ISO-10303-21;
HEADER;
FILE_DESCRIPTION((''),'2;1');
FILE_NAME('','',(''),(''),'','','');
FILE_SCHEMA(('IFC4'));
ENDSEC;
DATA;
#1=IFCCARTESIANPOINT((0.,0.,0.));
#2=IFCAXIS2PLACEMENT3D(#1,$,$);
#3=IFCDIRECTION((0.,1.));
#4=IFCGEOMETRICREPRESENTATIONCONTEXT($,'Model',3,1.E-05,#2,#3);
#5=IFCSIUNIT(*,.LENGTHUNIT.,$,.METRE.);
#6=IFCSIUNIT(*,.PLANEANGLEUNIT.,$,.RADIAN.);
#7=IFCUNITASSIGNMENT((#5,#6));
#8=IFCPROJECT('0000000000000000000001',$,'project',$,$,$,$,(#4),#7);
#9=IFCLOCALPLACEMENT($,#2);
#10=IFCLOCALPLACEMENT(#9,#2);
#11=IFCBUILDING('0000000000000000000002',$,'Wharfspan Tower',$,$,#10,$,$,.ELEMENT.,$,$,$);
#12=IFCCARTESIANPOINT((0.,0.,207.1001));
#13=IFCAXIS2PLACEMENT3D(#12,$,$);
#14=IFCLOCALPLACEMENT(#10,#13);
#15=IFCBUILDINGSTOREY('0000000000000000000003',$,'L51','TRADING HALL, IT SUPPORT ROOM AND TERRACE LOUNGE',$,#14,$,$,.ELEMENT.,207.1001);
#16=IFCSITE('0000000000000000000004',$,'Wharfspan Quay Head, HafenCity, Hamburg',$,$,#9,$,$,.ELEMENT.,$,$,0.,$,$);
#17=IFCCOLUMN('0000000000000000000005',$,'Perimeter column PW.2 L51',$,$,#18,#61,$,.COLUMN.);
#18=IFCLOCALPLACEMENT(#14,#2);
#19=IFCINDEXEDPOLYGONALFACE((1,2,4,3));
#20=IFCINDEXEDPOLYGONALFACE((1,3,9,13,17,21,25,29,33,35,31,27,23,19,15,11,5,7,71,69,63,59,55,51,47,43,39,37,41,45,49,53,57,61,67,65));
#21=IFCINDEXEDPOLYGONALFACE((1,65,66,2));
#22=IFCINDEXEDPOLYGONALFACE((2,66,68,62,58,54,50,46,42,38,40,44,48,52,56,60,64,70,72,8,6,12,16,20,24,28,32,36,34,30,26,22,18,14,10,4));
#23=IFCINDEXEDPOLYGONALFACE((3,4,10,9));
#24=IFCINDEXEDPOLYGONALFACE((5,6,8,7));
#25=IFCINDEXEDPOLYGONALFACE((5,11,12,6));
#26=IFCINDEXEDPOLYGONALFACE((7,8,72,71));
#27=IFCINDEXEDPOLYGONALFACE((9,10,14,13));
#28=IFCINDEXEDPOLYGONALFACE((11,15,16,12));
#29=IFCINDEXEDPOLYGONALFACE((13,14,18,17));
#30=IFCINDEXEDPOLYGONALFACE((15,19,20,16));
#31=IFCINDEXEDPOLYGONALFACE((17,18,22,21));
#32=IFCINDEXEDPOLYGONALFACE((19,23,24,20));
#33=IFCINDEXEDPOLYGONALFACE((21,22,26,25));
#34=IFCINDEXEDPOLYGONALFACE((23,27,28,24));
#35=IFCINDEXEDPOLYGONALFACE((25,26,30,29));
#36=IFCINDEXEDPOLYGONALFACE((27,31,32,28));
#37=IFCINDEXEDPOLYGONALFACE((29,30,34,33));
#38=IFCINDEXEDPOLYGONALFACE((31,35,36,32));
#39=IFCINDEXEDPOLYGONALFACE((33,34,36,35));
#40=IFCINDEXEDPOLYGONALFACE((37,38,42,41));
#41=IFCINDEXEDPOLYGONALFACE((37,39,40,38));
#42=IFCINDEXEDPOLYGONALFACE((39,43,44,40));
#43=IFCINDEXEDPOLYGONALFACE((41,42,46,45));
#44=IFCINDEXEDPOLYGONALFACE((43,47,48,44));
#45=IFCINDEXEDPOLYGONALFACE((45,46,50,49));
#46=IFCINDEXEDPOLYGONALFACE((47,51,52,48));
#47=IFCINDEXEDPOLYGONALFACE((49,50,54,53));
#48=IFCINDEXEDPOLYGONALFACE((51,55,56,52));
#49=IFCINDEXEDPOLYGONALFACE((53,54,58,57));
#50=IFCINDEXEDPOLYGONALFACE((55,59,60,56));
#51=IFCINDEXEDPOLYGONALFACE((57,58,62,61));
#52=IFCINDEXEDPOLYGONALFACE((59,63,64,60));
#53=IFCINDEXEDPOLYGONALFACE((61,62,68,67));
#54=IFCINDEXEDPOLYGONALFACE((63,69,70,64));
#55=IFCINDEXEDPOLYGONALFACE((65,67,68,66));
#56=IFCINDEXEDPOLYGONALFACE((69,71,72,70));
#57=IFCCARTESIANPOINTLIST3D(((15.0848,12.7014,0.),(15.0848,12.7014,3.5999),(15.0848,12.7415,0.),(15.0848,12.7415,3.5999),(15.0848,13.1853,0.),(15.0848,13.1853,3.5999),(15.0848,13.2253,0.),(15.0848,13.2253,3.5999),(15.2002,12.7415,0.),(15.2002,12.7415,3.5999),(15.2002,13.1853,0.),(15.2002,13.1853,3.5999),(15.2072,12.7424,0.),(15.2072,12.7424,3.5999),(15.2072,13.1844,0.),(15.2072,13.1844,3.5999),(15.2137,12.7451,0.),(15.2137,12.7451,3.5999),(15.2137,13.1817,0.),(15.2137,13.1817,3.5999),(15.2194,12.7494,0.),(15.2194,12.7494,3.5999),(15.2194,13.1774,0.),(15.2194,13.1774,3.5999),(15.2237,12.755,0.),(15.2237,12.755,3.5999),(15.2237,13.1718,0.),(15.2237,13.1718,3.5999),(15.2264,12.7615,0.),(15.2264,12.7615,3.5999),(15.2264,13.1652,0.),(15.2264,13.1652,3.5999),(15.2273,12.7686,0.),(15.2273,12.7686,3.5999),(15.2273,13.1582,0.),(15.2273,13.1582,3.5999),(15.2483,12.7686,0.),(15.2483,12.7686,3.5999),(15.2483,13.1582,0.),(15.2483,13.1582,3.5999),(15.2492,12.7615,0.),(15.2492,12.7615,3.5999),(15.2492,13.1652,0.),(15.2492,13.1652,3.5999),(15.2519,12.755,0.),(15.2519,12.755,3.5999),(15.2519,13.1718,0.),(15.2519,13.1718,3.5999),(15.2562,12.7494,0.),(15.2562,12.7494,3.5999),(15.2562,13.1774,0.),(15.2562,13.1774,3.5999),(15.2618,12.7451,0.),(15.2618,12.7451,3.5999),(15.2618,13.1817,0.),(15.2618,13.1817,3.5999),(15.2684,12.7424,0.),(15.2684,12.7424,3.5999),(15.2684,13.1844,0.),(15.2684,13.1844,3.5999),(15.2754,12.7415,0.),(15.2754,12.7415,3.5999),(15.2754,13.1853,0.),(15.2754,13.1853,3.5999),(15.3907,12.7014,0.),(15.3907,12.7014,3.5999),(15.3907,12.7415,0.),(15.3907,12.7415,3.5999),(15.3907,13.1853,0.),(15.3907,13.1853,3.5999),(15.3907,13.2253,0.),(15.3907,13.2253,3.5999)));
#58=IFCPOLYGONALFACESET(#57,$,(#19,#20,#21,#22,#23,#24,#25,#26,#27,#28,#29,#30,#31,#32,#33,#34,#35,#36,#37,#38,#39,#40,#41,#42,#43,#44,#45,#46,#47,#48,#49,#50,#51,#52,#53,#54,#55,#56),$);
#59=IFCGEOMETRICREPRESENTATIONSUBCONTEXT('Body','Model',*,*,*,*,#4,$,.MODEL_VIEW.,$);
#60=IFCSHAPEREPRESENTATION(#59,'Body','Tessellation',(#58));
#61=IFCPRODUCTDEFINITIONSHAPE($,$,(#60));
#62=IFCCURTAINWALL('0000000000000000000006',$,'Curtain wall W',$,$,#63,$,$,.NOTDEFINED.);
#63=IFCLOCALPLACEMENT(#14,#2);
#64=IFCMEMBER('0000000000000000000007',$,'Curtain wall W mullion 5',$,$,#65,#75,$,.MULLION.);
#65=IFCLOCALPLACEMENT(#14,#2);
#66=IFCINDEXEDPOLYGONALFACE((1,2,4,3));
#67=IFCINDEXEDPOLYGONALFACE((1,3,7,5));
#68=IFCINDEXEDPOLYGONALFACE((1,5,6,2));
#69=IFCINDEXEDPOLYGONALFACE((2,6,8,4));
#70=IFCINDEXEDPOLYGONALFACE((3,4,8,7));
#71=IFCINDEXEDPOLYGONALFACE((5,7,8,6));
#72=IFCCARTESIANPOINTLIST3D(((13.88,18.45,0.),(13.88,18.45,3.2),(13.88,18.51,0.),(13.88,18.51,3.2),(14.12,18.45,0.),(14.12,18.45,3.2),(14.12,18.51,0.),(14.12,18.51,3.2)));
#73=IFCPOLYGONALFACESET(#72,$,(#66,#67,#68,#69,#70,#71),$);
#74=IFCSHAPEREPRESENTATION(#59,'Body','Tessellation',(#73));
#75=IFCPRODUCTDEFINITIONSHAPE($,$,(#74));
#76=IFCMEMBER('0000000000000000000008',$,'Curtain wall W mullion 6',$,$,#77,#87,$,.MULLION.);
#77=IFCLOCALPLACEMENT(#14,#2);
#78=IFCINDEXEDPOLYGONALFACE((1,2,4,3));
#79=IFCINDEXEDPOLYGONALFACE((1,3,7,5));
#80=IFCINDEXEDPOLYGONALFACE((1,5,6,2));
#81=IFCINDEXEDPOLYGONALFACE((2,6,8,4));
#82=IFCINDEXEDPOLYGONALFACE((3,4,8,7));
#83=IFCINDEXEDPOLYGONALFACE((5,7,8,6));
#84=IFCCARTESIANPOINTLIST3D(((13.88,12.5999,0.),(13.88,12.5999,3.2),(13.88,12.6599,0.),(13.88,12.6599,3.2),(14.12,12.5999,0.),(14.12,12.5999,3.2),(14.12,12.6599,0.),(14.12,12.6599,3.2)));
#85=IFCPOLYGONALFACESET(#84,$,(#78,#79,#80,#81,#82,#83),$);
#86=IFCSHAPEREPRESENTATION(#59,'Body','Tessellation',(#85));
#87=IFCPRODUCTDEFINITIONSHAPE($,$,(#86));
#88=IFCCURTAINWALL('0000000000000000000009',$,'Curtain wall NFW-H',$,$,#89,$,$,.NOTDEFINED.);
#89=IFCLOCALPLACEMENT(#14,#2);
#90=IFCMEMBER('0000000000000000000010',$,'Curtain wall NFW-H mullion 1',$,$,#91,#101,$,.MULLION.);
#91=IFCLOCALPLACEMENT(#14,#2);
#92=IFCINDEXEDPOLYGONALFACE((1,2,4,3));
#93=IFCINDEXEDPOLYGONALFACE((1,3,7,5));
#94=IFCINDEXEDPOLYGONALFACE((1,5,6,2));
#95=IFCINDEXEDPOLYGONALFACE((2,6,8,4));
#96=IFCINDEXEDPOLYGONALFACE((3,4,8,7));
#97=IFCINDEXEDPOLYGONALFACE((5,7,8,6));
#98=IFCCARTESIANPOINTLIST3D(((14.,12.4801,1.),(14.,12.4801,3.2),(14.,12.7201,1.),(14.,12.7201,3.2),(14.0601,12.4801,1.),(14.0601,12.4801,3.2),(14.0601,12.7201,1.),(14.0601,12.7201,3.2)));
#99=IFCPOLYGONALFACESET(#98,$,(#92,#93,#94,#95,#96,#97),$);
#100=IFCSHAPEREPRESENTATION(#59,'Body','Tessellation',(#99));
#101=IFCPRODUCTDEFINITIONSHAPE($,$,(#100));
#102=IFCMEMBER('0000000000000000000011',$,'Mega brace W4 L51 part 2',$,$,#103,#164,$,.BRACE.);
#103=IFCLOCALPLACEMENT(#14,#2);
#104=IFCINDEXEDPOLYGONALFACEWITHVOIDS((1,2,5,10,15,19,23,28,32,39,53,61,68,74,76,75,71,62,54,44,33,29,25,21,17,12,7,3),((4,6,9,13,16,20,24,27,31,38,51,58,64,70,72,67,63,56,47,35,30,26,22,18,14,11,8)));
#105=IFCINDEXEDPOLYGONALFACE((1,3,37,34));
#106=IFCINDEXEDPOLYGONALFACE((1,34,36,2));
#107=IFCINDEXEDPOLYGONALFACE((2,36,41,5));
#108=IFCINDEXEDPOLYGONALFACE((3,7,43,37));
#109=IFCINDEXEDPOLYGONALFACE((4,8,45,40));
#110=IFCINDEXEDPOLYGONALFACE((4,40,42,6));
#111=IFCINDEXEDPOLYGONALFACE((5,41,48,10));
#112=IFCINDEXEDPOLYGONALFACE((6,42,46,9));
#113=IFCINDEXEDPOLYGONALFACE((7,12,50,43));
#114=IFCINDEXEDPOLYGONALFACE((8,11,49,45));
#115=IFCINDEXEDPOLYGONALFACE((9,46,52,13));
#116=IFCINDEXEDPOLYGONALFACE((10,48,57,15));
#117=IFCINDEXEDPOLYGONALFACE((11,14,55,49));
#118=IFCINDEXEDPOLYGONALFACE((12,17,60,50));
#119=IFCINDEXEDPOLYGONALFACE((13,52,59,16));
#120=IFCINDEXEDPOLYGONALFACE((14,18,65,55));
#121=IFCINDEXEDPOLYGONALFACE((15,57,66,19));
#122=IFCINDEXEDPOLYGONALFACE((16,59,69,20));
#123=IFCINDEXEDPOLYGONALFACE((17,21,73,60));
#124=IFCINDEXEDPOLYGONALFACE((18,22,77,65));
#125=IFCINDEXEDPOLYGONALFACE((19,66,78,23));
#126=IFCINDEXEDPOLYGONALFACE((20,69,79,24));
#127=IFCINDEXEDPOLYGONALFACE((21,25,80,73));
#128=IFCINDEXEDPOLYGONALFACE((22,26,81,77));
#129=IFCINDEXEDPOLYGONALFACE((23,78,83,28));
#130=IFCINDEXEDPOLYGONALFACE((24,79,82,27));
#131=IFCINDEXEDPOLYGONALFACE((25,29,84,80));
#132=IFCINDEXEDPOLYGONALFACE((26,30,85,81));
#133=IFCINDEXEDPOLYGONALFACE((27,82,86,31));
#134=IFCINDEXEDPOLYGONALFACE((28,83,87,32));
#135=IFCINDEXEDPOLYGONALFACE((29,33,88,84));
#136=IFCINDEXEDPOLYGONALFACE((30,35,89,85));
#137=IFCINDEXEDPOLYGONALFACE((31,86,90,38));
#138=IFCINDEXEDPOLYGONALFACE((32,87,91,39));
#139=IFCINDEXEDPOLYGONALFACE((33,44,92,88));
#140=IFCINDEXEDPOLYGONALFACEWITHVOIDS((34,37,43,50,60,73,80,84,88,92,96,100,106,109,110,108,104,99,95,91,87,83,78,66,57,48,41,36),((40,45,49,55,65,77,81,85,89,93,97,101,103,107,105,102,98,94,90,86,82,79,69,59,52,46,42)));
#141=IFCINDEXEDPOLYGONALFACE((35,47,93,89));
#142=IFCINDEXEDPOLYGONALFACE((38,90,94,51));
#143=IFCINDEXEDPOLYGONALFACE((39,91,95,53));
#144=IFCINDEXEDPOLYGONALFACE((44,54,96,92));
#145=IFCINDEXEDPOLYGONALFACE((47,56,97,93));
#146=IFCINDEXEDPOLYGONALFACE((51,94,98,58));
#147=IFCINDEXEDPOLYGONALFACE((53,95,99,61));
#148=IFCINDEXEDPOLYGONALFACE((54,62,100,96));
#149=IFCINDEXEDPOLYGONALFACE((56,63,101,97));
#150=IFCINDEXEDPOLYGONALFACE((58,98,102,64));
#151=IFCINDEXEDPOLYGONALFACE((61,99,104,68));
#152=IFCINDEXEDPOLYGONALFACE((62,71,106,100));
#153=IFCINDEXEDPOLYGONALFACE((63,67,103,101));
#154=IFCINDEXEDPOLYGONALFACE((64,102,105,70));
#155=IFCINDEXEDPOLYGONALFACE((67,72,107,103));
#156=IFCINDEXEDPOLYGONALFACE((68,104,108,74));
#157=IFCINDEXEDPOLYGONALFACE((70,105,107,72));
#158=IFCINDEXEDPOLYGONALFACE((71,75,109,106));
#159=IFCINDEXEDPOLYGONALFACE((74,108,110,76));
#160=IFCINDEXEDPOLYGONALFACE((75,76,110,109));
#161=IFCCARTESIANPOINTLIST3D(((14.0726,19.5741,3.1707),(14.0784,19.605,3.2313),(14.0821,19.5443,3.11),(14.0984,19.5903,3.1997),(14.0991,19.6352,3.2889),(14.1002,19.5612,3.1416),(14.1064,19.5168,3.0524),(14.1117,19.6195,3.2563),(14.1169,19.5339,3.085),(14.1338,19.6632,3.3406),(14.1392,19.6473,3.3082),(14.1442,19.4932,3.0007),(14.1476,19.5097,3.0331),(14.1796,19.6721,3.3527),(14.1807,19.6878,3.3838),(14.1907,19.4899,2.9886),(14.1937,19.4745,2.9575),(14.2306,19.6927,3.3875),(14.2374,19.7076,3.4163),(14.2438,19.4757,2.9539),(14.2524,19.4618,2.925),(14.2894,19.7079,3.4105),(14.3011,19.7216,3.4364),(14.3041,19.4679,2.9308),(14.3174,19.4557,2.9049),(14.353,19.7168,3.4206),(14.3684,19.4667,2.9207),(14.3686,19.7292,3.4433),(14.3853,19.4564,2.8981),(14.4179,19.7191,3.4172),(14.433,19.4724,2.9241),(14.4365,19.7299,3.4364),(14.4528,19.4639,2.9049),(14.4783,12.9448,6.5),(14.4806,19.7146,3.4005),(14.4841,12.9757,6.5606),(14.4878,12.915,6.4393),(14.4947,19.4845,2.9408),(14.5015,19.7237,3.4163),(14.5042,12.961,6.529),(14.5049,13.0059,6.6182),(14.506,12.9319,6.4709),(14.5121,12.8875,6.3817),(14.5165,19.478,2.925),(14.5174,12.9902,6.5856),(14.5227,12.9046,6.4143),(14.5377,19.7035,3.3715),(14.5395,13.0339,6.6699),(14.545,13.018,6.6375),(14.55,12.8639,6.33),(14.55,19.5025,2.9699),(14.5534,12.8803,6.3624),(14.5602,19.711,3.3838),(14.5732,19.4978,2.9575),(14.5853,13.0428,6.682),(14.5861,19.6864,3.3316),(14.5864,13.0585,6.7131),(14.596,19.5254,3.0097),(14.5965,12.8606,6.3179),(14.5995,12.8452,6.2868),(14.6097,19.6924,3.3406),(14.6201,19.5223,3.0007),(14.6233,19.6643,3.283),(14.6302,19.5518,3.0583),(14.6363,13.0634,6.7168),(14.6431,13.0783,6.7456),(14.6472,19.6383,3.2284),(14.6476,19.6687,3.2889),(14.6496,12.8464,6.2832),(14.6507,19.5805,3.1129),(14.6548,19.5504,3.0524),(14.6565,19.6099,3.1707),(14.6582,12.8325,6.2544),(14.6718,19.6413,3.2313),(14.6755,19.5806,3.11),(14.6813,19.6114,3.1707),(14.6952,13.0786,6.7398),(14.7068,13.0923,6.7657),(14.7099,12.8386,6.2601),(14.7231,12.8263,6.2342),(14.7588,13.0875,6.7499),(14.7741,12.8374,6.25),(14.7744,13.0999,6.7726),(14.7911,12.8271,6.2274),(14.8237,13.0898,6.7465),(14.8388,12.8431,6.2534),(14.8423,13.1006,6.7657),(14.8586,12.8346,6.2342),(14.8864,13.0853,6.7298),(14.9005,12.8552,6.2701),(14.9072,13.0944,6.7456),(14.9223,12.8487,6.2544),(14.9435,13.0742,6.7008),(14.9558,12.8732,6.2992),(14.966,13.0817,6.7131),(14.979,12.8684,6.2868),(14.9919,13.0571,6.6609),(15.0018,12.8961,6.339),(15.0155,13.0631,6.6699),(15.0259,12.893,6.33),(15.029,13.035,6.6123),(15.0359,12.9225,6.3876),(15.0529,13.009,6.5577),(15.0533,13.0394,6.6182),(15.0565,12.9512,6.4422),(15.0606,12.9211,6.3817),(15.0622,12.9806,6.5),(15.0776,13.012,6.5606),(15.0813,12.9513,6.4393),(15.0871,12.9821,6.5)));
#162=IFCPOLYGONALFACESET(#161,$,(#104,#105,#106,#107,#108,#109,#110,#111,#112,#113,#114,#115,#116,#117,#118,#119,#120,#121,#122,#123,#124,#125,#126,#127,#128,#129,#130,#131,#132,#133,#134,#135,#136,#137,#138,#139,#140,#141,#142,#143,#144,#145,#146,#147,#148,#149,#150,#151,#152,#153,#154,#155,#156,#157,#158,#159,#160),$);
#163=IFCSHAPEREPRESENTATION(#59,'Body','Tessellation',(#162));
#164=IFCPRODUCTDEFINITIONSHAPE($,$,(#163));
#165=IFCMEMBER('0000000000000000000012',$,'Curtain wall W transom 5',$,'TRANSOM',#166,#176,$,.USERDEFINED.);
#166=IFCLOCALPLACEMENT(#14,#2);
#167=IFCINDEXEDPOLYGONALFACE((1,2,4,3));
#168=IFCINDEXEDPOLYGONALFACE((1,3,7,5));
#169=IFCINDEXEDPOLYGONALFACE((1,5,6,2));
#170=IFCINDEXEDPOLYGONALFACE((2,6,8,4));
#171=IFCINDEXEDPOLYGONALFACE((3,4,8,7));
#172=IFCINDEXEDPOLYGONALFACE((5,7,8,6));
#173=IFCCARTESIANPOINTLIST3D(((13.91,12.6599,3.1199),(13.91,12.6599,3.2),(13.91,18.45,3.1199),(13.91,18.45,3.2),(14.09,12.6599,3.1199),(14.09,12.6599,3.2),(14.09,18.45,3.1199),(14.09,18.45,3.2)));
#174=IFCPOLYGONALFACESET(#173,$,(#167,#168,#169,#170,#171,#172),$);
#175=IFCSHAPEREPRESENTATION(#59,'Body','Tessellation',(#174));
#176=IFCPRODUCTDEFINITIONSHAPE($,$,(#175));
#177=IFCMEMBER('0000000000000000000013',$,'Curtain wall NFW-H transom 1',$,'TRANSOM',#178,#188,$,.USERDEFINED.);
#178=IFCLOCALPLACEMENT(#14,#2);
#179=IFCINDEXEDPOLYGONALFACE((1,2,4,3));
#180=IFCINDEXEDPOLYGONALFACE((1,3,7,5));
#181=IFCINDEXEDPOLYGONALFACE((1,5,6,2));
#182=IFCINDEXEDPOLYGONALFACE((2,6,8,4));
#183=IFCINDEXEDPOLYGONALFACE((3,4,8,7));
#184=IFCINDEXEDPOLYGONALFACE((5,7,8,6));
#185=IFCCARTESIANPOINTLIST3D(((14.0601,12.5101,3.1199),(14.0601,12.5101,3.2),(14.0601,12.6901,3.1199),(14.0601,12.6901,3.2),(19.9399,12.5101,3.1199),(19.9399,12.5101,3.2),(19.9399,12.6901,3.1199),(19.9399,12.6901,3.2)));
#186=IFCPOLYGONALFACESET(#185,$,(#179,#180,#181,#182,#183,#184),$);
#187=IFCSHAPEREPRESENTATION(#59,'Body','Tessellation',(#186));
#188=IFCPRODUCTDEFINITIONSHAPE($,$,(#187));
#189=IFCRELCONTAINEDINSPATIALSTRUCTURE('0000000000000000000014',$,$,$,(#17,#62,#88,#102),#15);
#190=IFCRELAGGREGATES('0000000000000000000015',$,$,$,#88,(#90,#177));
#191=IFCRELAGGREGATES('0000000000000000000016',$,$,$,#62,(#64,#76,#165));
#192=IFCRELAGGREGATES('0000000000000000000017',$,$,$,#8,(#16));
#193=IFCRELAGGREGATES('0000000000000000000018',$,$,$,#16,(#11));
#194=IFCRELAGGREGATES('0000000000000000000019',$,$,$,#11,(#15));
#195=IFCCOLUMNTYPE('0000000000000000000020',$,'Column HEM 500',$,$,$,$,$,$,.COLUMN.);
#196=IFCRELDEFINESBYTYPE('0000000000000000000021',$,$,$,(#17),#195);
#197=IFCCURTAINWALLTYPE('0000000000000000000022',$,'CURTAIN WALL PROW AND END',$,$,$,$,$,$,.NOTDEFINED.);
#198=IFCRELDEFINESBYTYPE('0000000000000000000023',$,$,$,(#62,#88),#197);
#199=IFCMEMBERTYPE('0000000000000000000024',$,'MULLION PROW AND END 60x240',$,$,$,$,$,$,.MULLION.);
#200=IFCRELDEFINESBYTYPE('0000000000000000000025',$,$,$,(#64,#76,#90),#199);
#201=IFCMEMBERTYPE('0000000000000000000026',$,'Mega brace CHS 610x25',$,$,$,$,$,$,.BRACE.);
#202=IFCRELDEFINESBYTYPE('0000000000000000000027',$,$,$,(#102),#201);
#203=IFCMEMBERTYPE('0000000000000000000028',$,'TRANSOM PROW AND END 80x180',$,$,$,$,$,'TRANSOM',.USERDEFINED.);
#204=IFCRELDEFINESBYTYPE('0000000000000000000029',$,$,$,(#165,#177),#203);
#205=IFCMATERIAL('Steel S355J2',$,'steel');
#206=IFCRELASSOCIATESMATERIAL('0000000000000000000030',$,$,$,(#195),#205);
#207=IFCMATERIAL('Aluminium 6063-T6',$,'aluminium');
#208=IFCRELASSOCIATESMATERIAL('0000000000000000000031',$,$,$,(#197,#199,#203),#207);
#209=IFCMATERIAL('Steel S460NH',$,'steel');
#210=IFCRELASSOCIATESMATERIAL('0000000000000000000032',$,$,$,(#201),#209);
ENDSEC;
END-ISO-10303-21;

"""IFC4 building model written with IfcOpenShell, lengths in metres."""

from ifc_helpers import new_model, si_unit, direction, frame, origin, origin_2d, place, context, subcontext, project, spatial, rectangle, hollow_circle, i_section, extrude, material, material_profile, profile_set, type_object, element, aggregate, save


model = new_model("IFC4")

# Units and contexts
model_context = context("Model", 3, precision=1e-05, world=origin(), true_north=direction((0.0, 1.0)))
body_context = subcontext(model_context, "Body", "Model", "MODEL_VIEW")
ifc_project = project(units=[si_unit("LENGTHUNIT", "METRE"), si_unit("PLANEANGLEUNIT", "RADIAN")], contexts=[model_context])

# Site, building, storey
site_placement = place(None, origin())
site = spatial("IfcSite", under=ifc_project, at=site_placement, Name="Wharfspan Quay Head, HafenCity, Hamburg", CompositionType="ELEMENT", RefElevation=0.0)
building_placement = place(site_placement, origin())
building = spatial("IfcBuilding", under=site, at=building_placement, Name="Wharfspan Tower", CompositionType="ELEMENT")
storey_placement = place(building_placement, frame((0.0, 0.0, 207.1001)))
storey = spatial("IfcBuildingStorey", under=building, at=storey_placement, Name="L51", Description="TRADING HALL, IT SUPPORT ROOM AND TERRACE LOUNGE", CompositionType="ELEMENT", Elevation=207.1001)

# Column
ifc_material_1 = material(Name="Steel S355J2", Category="steel")
ifc_material_profile_1 = material_profile(ifc_material_1, i_section(OverallWidth=0.3059, OverallDepth=0.5239, WebThickness=0.021, FlangeThickness=0.04, FilletRadius=0.0271, at=origin_2d()))
ifc_profile_set_1 = profile_set([ifc_material_profile_1], Name="Steel S355J2")
column_type = type_object("IfcColumnType", Name="Column HEM 500", PredefinedType="COLUMN", material=ifc_profile_set_1)
column_placement = place(storey_placement, frame((15.2378, 12.9634, 0.0), z_axis=(0.0, 0.0, 1.0), x_axis=(-1.0, 0.0, 0.0)))
element("IfcColumn", 1, at=column_placement, inside=storey, type_object=column_type, Name="Perimeter column PW.2 L51", PredefinedType="COLUMN", context=body_context, shape_type="SweptSolid", body=[
    extrude(i_section(OverallWidth=0.3059, OverallDepth=0.5239, WebThickness=0.021, FlangeThickness=0.04, FilletRadius=0.0271, at=origin_2d()), origin(), (0.0, 0.0, 1.0), 3.5999),
])

# Curtain wall, members
ifc_material_2 = material(Name="Aluminium 6063-T6", Category="aluminium")
curtain_wall_type = type_object("IfcCurtainWallType", Name="CURTAIN WALL PROW AND END", PredefinedType="NOTDEFINED", material=ifc_material_2)
curtain_wall_1_placement = place(storey_placement, origin())
curtain_wall_1 = element("IfcCurtainWall", 2, at=curtain_wall_1_placement, inside=storey, type_object=curtain_wall_type, Name="Curtain wall W", PredefinedType="NOTDEFINED")
ifc_material_profile_2 = material_profile(ifc_material_2, rectangle(XDim=0.24, YDim=0.0601, at=origin_2d()))
ifc_profile_set_2 = profile_set([ifc_material_profile_2], Name="Aluminium 6063-T6")
member_type_1 = type_object("IfcMemberType", Name="MULLION PROW AND END 60x240", PredefinedType="MULLION", material=ifc_profile_set_2)
member_1_placement = place(storey_placement, frame((14.0, 18.48, 0.0), z_axis=(0.0, 0.0, 1.0), x_axis=(1.0, 0.0, 0.0)))
member_1 = element("IfcMember", 3, at=member_1_placement, type_object=member_type_1, Name="Curtain wall W mullion 5", PredefinedType="MULLION", context=body_context, shape_type="SweptSolid", body=[
    extrude(rectangle(XDim=0.24, YDim=0.0601, at=origin_2d()), origin(), (0.0, 0.0, 1.0), 3.2),
])
member_2_placement = place(storey_placement, frame((14.0, 12.6299, 0.0), z_axis=(0.0, 0.0, 1.0), x_axis=(1.0, 0.0, 0.0)))
member_2 = element("IfcMember", 4, at=member_2_placement, type_object=member_type_1, Name="Curtain wall W mullion 6", PredefinedType="MULLION", context=body_context, shape_type="SweptSolid", body=[
    extrude(rectangle(XDim=0.24, YDim=0.0601, at=origin_2d()), origin(), (0.0, 0.0, 1.0), 3.2),
])

# Curtain wall, member
curtain_wall_2_placement = place(storey_placement, origin())
curtain_wall_2 = element("IfcCurtainWall", 5, at=curtain_wall_2_placement, inside=storey, type_object=curtain_wall_type, Name="Curtain wall NFW-H", PredefinedType="NOTDEFINED")
member_3_placement = place(storey_placement, frame((14.03, 12.6001, 1.0), z_axis=(0.0, 0.0, 1.0), x_axis=(0.0, 1.0, 0.0)))
member_3 = element("IfcMember", 6, at=member_3_placement, type_object=member_type_1, Name="Curtain wall NFW-H mullion 1", PredefinedType="MULLION", context=body_context, shape_type="SweptSolid", body=[
    extrude(rectangle(XDim=0.24, YDim=0.0601, at=origin_2d()), origin(), (0.0, 0.0, 1.0), 2.2),
])

# Members
ifc_material_3 = material(Name="Steel S460NH", Category="steel")
ifc_material_profile_3 = material_profile(ifc_material_3, hollow_circle(Radius=0.3049, WallThickness=0.0249, at=origin_2d()))
ifc_profile_set_3 = profile_set([ifc_material_profile_3], Name="Steel S460NH")
member_type_2 = type_object("IfcMemberType", Name="Mega brace CHS 610x25", PredefinedType="BRACE", material=ifc_profile_set_3)
member_4_placement = place(storey_placement, frame((14.377, 19.5928, 3.1707), z_axis=(0.054615, -0.892302, 0.448123), x_axis=(0.998132, 0.061091, -0.000003)))
element("IfcMember", 7, at=member_4_placement, inside=storey, type_object=member_type_2, Name="Mega brace W4 L51 part 2", PredefinedType="BRACE", context=body_context, shape_type="SweptSolid", body=[
    extrude(hollow_circle(Radius=0.3049, WallThickness=0.0249, at=origin_2d()), origin(), (0.0, 0.0, 1.0), 7.4294),
])
ifc_material_profile_4 = material_profile(ifc_material_2, rectangle(XDim=0.1799, YDim=0.0801, at=origin_2d()))
ifc_profile_set_4 = profile_set([ifc_material_profile_4], Name="Aluminium 6063-T6")
member_type_3 = type_object("IfcMemberType", Name="TRANSOM PROW AND END 80x180", ElementType="TRANSOM", PredefinedType="USERDEFINED", material=ifc_profile_set_4)
member_5_placement = place(storey_placement, frame((14.0, 18.45, 3.1599), z_axis=(0.0, -1.0, 0.0), x_axis=(1.0, 0.0, 0.0)))
member_5 = element("IfcMember", 8, at=member_5_placement, type_object=member_type_3, Name="Curtain wall W transom 5", ObjectType="TRANSOM", PredefinedType="USERDEFINED", context=body_context, shape_type="SweptSolid", body=[
    extrude(rectangle(XDim=0.1799, YDim=0.0801, at=origin_2d()), origin(), (0.0, 0.0, 1.0), 5.79),
])
member_6_placement = place(storey_placement, frame((14.0601, 12.6001, 3.1599), z_axis=(1.0, 0.0, 0.0), x_axis=(0.0, 1.0, 0.0)))
member_6 = element("IfcMember", 9, at=member_6_placement, type_object=member_type_3, Name="Curtain wall NFW-H transom 1", ObjectType="TRANSOM", PredefinedType="USERDEFINED", context=body_context, shape_type="SweptSolid", body=[
    extrude(rectangle(XDim=0.1799, YDim=0.0801, at=origin_2d()), origin(), (0.0, 0.0, 1.0), 5.8799),
])
aggregate(curtain_wall_2, [member_3, member_6])

aggregate(curtain_wall_1, [member_1, member_2, member_5])

save(model, "model.ifc")
